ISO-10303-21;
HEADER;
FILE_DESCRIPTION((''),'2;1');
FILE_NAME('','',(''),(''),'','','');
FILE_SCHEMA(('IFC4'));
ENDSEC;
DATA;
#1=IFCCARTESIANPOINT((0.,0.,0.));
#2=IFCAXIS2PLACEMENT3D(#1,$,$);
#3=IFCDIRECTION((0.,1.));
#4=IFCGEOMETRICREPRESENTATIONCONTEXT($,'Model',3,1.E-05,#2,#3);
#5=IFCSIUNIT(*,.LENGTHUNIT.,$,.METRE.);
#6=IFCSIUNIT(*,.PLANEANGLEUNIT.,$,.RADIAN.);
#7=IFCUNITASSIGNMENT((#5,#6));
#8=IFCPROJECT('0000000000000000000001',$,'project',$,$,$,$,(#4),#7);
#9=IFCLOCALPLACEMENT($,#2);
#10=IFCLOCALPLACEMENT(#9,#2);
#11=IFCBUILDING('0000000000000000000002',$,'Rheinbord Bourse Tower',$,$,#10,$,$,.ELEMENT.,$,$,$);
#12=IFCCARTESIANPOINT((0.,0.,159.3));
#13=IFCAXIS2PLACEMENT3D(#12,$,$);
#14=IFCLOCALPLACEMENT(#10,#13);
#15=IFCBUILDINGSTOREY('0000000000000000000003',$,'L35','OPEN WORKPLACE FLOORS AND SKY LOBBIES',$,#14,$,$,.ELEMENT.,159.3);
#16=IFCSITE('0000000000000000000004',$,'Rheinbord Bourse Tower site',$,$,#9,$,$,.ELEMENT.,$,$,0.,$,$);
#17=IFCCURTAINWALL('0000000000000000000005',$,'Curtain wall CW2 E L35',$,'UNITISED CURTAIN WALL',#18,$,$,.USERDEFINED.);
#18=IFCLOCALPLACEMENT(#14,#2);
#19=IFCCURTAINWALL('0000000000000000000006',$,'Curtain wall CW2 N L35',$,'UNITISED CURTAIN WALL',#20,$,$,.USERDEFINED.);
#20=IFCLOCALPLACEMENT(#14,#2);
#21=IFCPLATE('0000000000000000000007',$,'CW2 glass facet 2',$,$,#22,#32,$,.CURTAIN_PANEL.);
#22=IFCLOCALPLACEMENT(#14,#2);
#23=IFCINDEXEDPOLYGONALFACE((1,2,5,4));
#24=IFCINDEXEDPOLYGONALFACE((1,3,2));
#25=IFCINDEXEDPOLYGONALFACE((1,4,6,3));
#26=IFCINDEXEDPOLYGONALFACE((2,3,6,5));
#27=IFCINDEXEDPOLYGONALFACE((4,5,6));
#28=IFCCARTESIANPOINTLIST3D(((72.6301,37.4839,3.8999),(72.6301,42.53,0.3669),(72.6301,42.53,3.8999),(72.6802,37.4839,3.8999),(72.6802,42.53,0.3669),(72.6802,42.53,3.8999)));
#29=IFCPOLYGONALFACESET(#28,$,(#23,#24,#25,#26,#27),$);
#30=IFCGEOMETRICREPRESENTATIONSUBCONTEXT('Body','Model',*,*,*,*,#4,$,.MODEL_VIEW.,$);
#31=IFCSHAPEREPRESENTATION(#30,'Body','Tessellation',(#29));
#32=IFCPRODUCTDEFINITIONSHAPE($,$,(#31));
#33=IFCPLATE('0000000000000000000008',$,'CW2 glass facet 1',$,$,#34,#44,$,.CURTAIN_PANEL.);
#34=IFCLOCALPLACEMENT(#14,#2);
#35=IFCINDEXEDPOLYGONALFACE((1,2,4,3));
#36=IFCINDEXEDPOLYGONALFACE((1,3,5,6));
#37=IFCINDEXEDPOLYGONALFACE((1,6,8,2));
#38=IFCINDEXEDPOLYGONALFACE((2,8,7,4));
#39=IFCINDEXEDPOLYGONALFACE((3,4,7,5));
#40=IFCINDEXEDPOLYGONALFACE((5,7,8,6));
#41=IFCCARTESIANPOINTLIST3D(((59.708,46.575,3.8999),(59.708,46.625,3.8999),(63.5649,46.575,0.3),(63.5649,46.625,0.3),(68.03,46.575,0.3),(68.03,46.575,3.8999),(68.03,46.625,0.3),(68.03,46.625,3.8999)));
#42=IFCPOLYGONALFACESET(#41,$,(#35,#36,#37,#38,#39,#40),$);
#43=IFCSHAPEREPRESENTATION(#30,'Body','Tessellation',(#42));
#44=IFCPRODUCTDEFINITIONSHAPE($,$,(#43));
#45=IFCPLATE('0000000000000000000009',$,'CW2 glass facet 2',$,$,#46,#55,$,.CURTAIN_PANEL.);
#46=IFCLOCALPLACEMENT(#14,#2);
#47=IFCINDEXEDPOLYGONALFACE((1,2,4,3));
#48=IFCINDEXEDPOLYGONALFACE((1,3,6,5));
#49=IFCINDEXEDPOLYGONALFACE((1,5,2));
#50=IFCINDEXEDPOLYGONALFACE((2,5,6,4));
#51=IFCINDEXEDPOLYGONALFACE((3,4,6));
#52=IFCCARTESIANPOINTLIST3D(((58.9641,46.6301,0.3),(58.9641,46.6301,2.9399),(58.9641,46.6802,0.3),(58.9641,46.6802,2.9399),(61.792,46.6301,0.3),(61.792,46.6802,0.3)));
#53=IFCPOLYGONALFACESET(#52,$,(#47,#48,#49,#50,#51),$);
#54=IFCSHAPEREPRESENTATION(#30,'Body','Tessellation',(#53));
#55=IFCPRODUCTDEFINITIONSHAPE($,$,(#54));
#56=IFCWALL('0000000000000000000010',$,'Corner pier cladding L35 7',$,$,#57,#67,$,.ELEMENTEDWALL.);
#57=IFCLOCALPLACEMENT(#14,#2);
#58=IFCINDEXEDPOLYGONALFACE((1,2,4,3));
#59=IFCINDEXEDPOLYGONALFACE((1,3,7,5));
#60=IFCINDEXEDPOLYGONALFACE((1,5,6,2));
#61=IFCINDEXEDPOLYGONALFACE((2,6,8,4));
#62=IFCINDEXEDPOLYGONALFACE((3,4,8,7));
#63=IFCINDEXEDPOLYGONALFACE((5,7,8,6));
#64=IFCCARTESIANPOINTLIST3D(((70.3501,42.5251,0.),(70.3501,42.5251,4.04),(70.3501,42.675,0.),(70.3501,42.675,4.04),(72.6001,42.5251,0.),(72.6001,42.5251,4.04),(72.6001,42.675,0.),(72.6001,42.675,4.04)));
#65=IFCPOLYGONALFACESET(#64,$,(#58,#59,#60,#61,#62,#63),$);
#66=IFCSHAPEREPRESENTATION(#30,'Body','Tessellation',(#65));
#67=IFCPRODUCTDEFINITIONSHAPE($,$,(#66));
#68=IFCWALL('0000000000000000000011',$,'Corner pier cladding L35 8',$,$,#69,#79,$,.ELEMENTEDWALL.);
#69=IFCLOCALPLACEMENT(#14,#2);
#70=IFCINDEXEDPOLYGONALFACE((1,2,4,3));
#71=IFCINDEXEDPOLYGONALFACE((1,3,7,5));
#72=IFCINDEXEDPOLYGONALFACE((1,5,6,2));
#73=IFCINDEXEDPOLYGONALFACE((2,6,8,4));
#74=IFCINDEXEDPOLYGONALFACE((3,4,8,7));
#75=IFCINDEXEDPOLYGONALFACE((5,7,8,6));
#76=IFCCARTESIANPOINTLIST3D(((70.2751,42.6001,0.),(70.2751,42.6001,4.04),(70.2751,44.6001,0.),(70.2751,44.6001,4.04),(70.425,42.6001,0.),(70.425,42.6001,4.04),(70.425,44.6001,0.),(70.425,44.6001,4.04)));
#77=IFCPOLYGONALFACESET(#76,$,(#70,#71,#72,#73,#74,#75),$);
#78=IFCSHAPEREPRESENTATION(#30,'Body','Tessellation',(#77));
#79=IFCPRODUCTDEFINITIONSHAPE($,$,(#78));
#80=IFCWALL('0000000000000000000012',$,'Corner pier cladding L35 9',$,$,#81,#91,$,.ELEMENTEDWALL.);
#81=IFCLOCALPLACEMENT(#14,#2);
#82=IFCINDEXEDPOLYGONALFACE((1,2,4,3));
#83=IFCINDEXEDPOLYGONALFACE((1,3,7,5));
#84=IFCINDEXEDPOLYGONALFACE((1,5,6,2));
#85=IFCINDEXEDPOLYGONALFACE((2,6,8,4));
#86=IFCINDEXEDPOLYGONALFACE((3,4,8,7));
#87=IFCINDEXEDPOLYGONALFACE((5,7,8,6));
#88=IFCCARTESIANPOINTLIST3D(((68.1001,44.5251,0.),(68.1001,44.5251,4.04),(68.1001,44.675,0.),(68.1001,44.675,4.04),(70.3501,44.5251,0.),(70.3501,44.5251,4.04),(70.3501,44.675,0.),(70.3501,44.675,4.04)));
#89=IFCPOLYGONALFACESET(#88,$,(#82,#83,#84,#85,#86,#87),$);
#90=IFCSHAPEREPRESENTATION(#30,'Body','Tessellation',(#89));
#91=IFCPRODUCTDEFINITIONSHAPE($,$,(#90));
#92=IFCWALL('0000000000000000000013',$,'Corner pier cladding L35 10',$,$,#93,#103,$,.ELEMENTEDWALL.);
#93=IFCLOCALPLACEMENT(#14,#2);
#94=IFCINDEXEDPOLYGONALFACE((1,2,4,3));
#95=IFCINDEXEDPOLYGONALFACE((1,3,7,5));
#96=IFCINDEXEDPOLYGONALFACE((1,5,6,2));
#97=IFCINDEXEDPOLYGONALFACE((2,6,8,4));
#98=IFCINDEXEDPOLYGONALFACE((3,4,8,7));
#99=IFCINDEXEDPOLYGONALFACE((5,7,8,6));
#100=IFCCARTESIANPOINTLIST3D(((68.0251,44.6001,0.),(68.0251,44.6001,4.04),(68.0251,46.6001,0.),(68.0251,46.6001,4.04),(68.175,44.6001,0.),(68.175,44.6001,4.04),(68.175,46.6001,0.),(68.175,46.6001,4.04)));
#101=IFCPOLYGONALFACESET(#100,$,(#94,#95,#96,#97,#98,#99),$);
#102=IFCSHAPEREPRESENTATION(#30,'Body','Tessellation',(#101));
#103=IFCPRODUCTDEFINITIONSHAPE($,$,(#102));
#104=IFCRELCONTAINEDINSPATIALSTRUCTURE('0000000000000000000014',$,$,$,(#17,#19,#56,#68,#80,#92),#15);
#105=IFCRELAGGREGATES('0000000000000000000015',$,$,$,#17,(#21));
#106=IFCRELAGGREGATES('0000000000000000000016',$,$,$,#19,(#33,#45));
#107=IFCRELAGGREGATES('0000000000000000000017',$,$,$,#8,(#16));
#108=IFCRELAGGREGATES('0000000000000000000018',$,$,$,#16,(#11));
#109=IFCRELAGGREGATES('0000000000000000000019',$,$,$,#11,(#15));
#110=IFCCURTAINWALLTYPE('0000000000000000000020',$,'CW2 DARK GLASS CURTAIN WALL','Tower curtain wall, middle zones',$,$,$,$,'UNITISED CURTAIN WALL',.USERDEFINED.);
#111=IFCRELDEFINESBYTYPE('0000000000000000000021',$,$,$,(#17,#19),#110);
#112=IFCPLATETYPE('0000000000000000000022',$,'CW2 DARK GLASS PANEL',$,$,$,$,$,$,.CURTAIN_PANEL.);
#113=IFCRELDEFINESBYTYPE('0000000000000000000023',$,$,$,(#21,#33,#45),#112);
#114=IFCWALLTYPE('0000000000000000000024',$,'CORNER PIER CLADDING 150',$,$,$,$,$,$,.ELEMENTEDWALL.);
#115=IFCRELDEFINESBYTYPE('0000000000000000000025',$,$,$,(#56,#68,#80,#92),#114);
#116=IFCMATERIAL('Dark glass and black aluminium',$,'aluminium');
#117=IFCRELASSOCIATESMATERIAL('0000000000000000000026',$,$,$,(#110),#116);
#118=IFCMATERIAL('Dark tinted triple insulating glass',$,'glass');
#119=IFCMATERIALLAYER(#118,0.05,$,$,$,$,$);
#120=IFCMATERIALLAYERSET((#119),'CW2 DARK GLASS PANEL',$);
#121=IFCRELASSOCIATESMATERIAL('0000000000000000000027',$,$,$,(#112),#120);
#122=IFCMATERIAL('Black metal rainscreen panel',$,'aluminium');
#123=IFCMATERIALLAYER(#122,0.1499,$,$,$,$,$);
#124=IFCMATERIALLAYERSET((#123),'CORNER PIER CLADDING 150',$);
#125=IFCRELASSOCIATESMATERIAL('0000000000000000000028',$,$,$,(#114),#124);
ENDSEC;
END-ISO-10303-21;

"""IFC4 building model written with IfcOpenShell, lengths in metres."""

from ifc_helpers import new_model, si_unit, direction, frame, frame_2d, origin, place, context, subcontext, project, spatial, polyline, rectangle, outline, extrude, material, layer, layer_set, type_object, element, aggregate, save


model = new_model("IFC4")

# Units and contexts
model_context = context("Model", 3, precision=1e-05, world=origin(), true_north=direction((0.0, 1.0)))
body_context = subcontext(model_context, "Body", "Model", "MODEL_VIEW")
ifc_project = project(units=[si_unit("LENGTHUNIT", "METRE"), si_unit("PLANEANGLEUNIT", "RADIAN")], contexts=[model_context])

# Site, building, storey
site_placement = place(None, origin())
site = spatial("IfcSite", under=ifc_project, at=site_placement, Name="Rheinbord Bourse Tower site", CompositionType="ELEMENT", RefElevation=0.0)
building_placement = place(site_placement, origin())
building = spatial("IfcBuilding", under=site, at=building_placement, Name="Rheinbord Bourse Tower", CompositionType="ELEMENT")
storey_placement = place(building_placement, frame((0.0, 0.0, 159.3)))
storey = spatial("IfcBuildingStorey", under=building, at=storey_placement, Name="L35", Description="OPEN WORKPLACE FLOORS AND SKY LOBBIES", CompositionType="ELEMENT", Elevation=159.3)

# Curtain walls
ifc_material_1 = material(Name="Dark glass and black aluminium", Category="aluminium")
curtain_wall_type = type_object("IfcCurtainWallType", Name="CW2 DARK GLASS CURTAIN WALL", Description="Tower curtain wall, middle zones", ElementType="UNITISED CURTAIN WALL", PredefinedType="USERDEFINED", material=ifc_material_1)
curtain_wall_1_placement = place(storey_placement, origin())
curtain_wall_1 = element("IfcCurtainWall", 1, at=curtain_wall_1_placement, inside=storey, type_object=curtain_wall_type, Name="Curtain wall CW2 E L35", ObjectType="UNITISED CURTAIN WALL", PredefinedType="USERDEFINED")
curtain_wall_2_placement = place(storey_placement, origin())
curtain_wall_2 = element("IfcCurtainWall", 2, at=curtain_wall_2_placement, inside=storey, type_object=curtain_wall_type, Name="Curtain wall CW2 N L35", ObjectType="UNITISED CURTAIN WALL", PredefinedType="USERDEFINED")

# Plates
ifc_material_2 = material(Name="Dark tinted triple insulating glass", Category="glass")
ifc_layer_1 = layer(ifc_material_2, 0.05)
ifc_layer_set_1 = layer_set([ifc_layer_1], Name="CW2 DARK GLASS PANEL")
plate_type = type_object("IfcPlateType", Name="CW2 DARK GLASS PANEL", PredefinedType="CURTAIN_PANEL", material=ifc_layer_set_1)
plate_1_placement = place(storey_placement, frame((72.6802, 42.53, 3.8999), z_axis=(-1.0, 0.0, 0.0), x_axis=(0.0, 0.0, -1.0)))
plate_1 = element("IfcPlate", 3, at=plate_1_placement, type_object=plate_type, Name="CW2 glass facet 2", PredefinedType="CURTAIN_PANEL", context=body_context, shape_type="SweptSolid", body=[
    extrude(outline(polyline([(0.0, 0.0), (3.533, 0.0), (0.0, 5.0461), (0.0, 0.0)])), origin(), (0.0, 0.0, 1.0), 0.05),
])
aggregate(curtain_wall_1, [plate_1])
plate_2_placement = place(storey_placement, frame((68.03, 46.625, 0.3), z_axis=(0.0, -1.0, 0.0), x_axis=(0.0, 0.0, 1.0)))
plate_2 = element("IfcPlate", 4, at=plate_2_placement, type_object=plate_type, Name="CW2 glass facet 1", PredefinedType="CURTAIN_PANEL", context=body_context, shape_type="SweptSolid", body=[
    extrude(outline(polyline([(0.0, 0.0), (3.5999, 0.0), (3.5999, 8.322), (0.0, 4.4651), (0.0, 0.0)])), origin(), (0.0, 0.0, 1.0), 0.05),
])
plate_3_placement = place(storey_placement, frame((58.9641, 46.6802, 0.3), z_axis=(0.0, -1.0, 0.0), x_axis=(1.0, 0.0, 0.0)))
plate_3 = element("IfcPlate", 5, at=plate_3_placement, type_object=plate_type, Name="CW2 glass facet 2", PredefinedType="CURTAIN_PANEL", context=body_context, shape_type="SweptSolid", body=[
    extrude(outline(polyline([(0.0, 0.0), (2.8279, 0.0), (0.0, 2.6399), (0.0, 0.0)])), origin(), (0.0, 0.0, 1.0), 0.05),
])
aggregate(curtain_wall_2, [plate_2, plate_3])

# Walls
ifc_material_3 = material(Name="Black metal rainscreen panel", Category="aluminium")
ifc_layer_2 = layer(ifc_material_3, 0.1499)
ifc_layer_set_2 = layer_set([ifc_layer_2], Name="CORNER PIER CLADDING 150")
wall_type = type_object("IfcWallType", Name="CORNER PIER CLADDING 150", PredefinedType="ELEMENTEDWALL", material=ifc_layer_set_2)
wall_1_placement = place(storey_placement, frame((72.6001, 42.6001, 0.0), z_axis=(0.0, 0.0, 1.0), x_axis=(-1.0, 0.0, 0.0)))
element("IfcWall", 6, at=wall_1_placement, inside=storey, type_object=wall_type, Name="Corner pier cladding L35 7", PredefinedType="ELEMENTEDWALL", context=body_context, shape_type="SweptSolid", body=[
    extrude(rectangle(XDim=2.25, YDim=0.1499, at=frame_2d((1.125, 0.0))), origin(), (0.0, 0.0, 1.0), 4.04),
])
wall_2_placement = place(storey_placement, frame((70.3501, 42.6001, 0.0), z_axis=(0.0, 0.0, 1.0), x_axis=(0.0, 1.0, 0.0)))
element("IfcWall", 7, at=wall_2_placement, inside=storey, type_object=wall_type, Name="Corner pier cladding L35 8", PredefinedType="ELEMENTEDWALL", context=body_context, shape_type="SweptSolid", body=[
    extrude(rectangle(XDim=2.0, YDim=0.1499, at=frame_2d((1.0, 0.0))), origin(), (0.0, 0.0, 1.0), 4.04),
])
wall_3_placement = place(storey_placement, frame((70.3501, 44.6001, 0.0), z_axis=(0.0, 0.0, 1.0), x_axis=(-1.0, 0.0, 0.0)))
element("IfcWall", 8, at=wall_3_placement, inside=storey, type_object=wall_type, Name="Corner pier cladding L35 9", PredefinedType="ELEMENTEDWALL", context=body_context, shape_type="SweptSolid", body=[
    extrude(rectangle(XDim=2.25, YDim=0.1499, at=frame_2d((1.125, 0.0))), origin(), (0.0, 0.0, 1.0), 4.04),
])
wall_4_placement = place(storey_placement, frame((68.1001, 44.6001, 0.0), z_axis=(0.0, 0.0, 1.0), x_axis=(0.0, 1.0, 0.0)))
element("IfcWall", 9, at=wall_4_placement, inside=storey, type_object=wall_type, Name="Corner pier cladding L35 10", PredefinedType="ELEMENTEDWALL", context=body_context, shape_type="SweptSolid", body=[
    extrude(rectangle(XDim=2.0, YDim=0.1499, at=frame_2d((1.0, 0.0))), origin(), (0.0, 0.0, 1.0), 4.04),
])

save(model, "model.ifc")
